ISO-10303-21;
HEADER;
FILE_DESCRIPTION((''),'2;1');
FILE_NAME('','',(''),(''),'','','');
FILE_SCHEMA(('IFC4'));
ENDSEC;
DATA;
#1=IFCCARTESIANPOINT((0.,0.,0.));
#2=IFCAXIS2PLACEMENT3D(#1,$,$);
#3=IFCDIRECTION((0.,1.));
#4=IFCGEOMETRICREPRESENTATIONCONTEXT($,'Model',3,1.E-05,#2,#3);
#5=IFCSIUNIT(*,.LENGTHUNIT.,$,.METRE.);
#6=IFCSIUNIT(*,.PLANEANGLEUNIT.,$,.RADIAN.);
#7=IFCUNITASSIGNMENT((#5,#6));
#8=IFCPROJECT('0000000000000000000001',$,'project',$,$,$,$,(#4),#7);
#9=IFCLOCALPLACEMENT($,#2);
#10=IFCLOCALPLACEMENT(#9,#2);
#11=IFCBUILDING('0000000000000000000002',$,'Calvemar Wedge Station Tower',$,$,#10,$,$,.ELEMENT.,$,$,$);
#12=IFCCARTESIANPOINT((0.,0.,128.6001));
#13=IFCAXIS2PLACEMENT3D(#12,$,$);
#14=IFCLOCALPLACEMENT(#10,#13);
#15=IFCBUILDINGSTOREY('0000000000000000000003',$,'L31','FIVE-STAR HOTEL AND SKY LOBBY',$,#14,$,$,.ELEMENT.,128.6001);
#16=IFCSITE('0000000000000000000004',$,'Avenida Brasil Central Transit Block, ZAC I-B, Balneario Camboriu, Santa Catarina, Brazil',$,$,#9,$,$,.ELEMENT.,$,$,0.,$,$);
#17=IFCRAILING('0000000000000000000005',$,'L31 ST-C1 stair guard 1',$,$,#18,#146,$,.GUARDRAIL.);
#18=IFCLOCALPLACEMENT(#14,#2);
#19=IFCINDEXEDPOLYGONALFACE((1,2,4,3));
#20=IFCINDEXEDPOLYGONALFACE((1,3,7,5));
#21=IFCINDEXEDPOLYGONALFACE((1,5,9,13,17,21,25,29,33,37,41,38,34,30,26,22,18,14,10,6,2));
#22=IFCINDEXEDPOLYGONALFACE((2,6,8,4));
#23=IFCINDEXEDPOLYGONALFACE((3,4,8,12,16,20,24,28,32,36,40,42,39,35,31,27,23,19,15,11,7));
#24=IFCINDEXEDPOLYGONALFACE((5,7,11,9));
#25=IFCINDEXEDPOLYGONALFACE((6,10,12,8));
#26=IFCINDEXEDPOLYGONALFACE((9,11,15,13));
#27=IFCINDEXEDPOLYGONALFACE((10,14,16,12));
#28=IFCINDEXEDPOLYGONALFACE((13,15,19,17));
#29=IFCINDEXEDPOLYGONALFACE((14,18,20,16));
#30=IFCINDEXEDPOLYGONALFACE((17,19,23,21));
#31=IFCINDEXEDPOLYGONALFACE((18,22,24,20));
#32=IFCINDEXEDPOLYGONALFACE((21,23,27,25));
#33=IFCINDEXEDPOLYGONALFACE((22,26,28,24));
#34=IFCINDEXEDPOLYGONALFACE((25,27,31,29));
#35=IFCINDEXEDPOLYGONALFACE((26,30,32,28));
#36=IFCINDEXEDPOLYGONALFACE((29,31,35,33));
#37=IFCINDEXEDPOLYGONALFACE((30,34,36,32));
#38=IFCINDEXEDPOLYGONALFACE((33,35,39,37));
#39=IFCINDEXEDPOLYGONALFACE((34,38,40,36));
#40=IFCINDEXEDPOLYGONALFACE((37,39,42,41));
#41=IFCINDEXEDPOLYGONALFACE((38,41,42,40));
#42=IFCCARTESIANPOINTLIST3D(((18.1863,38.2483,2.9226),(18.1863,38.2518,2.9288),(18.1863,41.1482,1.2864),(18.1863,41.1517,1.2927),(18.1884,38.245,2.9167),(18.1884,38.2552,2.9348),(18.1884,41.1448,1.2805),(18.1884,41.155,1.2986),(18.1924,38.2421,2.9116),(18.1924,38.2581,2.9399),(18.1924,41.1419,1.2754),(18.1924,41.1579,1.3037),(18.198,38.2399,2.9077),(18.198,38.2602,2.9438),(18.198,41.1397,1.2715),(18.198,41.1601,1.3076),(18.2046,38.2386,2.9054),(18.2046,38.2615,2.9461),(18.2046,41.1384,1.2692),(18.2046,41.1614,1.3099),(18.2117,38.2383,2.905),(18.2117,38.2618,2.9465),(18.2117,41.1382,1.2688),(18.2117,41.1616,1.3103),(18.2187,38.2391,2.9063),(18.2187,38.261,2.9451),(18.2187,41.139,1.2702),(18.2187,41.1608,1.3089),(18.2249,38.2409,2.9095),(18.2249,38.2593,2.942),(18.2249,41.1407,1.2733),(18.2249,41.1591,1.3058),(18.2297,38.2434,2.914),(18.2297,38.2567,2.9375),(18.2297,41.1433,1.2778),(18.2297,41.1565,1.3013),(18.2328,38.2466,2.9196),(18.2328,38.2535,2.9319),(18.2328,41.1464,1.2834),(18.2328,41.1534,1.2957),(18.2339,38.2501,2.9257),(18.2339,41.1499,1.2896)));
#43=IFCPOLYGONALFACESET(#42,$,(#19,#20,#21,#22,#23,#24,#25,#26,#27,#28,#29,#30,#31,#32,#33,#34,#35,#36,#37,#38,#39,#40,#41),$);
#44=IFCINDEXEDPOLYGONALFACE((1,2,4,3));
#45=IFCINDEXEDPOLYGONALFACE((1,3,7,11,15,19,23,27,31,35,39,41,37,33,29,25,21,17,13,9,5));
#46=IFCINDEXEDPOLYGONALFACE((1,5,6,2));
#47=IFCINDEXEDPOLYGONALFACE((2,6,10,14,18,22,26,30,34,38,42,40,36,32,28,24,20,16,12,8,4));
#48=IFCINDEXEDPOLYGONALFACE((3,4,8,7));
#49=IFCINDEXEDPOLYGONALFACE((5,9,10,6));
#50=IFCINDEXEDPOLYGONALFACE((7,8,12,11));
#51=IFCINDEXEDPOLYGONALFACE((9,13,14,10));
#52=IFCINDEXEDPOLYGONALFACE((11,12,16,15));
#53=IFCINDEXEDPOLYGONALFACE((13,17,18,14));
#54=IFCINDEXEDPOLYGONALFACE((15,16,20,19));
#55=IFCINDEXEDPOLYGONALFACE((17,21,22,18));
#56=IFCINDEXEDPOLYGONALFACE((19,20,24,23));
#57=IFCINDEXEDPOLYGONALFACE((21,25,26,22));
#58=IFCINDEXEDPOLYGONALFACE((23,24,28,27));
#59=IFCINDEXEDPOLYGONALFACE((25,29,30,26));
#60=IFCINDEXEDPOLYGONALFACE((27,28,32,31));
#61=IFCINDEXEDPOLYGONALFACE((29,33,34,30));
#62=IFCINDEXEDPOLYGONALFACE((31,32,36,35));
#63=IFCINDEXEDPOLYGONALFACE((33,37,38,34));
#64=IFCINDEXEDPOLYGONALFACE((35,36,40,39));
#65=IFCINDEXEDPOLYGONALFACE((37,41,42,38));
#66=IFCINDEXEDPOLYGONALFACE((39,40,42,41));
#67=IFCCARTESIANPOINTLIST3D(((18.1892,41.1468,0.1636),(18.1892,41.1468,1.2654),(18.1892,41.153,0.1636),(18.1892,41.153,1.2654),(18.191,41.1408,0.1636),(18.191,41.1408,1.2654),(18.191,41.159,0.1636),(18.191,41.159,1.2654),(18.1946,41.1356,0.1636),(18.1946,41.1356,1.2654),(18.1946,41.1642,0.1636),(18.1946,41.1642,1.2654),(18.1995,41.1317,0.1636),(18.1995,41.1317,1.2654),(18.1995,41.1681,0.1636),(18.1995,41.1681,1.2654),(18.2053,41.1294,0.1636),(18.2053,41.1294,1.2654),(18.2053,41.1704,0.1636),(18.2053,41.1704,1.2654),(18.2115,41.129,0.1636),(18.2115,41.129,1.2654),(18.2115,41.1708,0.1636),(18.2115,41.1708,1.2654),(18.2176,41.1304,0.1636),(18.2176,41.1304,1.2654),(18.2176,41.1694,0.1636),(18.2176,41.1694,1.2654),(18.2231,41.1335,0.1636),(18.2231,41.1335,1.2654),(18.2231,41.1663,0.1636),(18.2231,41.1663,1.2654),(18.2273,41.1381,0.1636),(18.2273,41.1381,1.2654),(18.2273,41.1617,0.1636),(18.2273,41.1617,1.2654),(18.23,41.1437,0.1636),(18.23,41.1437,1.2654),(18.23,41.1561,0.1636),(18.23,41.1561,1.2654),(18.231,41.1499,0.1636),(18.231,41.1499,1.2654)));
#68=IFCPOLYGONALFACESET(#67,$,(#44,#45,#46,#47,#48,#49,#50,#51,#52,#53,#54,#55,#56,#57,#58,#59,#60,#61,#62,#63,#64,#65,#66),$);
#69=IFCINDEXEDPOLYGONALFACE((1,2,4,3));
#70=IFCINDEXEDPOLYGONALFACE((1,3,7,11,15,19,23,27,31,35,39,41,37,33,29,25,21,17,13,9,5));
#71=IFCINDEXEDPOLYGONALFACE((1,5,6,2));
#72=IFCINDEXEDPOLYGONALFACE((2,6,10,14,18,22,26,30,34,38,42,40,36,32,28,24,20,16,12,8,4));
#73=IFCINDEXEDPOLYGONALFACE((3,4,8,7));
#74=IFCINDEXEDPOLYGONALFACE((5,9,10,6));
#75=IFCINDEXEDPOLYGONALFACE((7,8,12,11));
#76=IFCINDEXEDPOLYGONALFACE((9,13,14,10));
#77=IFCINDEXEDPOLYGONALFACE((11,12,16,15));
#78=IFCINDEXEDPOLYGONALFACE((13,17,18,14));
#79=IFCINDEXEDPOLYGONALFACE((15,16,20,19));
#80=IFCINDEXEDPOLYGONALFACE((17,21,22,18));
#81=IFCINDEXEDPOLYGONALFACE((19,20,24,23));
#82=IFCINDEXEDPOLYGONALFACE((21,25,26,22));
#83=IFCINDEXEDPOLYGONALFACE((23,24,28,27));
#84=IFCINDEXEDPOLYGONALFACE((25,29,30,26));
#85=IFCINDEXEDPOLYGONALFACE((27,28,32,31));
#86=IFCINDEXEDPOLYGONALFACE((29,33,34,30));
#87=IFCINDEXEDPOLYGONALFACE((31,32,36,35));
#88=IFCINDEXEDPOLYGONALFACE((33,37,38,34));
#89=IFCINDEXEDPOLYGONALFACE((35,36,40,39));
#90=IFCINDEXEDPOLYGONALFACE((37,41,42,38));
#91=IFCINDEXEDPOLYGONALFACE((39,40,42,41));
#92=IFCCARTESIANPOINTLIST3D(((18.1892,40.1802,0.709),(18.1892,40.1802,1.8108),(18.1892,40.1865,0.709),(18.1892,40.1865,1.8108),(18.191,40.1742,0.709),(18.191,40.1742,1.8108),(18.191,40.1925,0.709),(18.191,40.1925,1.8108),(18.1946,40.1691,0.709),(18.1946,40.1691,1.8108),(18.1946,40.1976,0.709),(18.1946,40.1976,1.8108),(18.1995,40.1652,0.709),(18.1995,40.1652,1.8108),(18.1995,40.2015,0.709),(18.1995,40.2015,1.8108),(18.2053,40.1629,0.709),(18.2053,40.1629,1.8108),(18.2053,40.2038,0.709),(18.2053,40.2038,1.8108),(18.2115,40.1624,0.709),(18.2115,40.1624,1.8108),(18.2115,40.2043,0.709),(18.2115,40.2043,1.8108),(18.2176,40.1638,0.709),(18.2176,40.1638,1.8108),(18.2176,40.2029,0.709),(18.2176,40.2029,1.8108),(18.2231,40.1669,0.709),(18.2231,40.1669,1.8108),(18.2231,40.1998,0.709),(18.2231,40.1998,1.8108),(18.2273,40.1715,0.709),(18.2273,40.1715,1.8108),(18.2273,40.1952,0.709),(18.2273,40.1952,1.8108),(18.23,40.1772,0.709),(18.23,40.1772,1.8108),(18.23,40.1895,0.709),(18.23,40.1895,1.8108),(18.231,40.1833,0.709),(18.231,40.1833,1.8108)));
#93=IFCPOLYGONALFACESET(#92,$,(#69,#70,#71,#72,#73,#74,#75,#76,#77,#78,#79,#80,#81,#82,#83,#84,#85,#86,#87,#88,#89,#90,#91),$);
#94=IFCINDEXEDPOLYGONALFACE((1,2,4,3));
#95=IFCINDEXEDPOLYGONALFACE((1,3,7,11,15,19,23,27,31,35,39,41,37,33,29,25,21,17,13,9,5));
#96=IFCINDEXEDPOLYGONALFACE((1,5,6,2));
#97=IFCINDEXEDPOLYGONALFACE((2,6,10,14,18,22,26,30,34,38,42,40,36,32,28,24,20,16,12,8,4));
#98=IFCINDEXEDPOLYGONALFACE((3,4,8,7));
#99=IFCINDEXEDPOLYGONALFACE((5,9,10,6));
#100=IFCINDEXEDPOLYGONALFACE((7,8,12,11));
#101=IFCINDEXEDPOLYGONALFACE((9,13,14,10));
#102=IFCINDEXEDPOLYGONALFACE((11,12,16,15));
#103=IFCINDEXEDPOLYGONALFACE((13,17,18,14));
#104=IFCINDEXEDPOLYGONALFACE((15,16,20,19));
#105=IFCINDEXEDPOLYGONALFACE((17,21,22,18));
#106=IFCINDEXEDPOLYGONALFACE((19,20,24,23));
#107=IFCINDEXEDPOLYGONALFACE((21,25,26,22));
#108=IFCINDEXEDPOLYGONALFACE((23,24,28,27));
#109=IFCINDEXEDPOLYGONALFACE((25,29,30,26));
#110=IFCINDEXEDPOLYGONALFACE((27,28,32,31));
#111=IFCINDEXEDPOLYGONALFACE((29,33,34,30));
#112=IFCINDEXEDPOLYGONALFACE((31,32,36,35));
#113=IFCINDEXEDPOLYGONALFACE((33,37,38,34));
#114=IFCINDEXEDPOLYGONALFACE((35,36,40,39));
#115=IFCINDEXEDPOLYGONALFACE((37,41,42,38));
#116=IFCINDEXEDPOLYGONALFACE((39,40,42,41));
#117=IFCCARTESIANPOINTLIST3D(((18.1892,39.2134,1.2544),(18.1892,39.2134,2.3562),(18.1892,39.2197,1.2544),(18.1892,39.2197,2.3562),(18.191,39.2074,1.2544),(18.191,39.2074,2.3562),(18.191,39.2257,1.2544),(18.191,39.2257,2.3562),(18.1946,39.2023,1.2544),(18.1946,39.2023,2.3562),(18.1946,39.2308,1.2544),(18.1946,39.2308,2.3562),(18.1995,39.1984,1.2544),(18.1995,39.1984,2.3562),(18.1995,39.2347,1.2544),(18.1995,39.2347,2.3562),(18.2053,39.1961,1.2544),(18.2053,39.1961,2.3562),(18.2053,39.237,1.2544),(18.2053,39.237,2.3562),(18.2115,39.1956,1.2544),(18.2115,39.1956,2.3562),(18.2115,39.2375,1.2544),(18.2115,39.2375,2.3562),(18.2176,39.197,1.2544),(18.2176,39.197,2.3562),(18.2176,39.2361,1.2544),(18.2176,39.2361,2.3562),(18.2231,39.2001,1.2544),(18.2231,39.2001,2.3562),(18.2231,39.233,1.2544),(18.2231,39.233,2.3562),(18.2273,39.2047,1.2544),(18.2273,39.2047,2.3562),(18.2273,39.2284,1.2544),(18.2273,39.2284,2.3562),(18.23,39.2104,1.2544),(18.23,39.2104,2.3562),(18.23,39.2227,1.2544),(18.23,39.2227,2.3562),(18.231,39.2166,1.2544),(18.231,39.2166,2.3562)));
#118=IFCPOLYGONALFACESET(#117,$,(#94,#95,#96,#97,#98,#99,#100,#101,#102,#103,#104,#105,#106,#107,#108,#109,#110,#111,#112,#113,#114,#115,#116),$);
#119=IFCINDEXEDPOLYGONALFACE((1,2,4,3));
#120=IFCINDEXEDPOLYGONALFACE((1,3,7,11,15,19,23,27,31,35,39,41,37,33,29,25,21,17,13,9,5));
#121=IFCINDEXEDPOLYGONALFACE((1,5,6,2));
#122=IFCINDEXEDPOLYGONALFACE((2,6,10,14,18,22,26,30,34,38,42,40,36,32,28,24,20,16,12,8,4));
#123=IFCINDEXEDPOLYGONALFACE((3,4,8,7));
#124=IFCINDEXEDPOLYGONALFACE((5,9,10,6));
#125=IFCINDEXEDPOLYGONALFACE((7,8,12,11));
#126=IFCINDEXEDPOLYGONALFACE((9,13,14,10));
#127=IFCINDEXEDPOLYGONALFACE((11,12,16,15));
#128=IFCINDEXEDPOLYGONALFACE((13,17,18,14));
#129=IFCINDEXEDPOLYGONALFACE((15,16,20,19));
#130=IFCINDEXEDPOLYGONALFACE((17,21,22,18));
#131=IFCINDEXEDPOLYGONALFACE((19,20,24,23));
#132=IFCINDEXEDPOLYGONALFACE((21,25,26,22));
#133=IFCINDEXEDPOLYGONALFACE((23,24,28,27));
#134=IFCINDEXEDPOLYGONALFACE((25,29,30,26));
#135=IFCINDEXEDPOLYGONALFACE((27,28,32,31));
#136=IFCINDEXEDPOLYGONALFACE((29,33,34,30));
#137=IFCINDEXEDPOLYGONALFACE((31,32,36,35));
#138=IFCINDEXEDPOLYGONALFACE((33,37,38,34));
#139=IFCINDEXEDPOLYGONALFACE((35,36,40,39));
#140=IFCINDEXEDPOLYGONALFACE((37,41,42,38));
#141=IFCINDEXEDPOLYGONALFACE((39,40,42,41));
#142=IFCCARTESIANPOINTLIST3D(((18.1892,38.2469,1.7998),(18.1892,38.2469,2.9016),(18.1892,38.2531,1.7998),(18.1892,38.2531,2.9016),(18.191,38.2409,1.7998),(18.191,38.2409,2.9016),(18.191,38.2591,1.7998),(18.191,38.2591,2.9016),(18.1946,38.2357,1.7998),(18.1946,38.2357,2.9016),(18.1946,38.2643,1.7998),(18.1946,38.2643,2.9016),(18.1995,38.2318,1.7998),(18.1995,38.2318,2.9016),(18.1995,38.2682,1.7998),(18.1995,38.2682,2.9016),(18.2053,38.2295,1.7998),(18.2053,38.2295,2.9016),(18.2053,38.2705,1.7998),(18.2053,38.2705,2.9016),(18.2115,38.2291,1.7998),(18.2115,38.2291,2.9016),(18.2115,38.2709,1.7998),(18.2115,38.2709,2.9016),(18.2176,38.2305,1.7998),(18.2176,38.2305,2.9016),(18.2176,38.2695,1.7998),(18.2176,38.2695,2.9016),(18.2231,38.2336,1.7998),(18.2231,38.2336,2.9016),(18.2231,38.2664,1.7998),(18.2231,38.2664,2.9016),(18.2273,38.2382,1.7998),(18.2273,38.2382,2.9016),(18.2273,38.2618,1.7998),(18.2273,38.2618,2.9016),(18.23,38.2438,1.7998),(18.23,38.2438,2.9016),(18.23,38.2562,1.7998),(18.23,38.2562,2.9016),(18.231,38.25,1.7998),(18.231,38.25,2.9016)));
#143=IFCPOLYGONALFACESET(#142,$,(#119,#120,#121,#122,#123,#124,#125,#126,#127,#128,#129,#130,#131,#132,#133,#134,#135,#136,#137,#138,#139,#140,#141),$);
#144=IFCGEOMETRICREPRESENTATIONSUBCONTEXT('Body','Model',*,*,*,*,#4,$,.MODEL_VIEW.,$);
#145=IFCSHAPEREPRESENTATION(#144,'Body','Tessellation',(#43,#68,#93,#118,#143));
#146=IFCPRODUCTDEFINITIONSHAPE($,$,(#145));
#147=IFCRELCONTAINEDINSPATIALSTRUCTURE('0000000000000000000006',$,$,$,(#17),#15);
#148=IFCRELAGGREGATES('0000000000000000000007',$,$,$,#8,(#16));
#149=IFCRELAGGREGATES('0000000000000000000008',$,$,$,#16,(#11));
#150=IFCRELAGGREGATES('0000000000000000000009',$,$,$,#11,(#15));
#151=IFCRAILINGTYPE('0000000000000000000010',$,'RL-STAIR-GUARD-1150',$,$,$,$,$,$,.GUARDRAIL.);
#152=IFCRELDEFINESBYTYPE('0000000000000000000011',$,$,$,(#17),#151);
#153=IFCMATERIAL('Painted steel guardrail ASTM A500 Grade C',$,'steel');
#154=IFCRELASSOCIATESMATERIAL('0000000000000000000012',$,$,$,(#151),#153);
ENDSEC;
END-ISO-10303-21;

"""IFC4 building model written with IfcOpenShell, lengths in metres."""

from ifc_helpers import new_model, si_unit, direction, frame, origin, origin_2d, place, context, subcontext, project, spatial, circle, extrude, material, type_object, element, save


model = new_model("IFC4")

# Units and contexts
model_context = context("Model", 3, precision=1e-05, world=origin(), true_north=direction((0.0, 1.0)))
body_context = subcontext(model_context, "Body", "Model", "MODEL_VIEW")
ifc_project = project(units=[si_unit("LENGTHUNIT", "METRE"), si_unit("PLANEANGLEUNIT", "RADIAN")], contexts=[model_context])

# Site, building, storey
site_placement = place(None, origin())
site = spatial("IfcSite", under=ifc_project, at=site_placement, Name="Avenida Brasil Central Transit Block, ZAC I-B, Balneario Camboriu, Santa Catarina, Brazil", CompositionType="ELEMENT", RefElevation=0.0)
building_placement = place(site_placement, origin())
building = spatial("IfcBuilding", under=site, at=building_placement, Name="Calvemar Wedge Station Tower", CompositionType="ELEMENT")
storey_placement = place(building_placement, frame((0.0, 0.0, 128.6001)))
storey = spatial("IfcBuildingStorey", under=building, at=storey_placement, Name="L31", Description="FIVE-STAR HOTEL AND SKY LOBBY", CompositionType="ELEMENT", Elevation=128.6001)

# Railing
ifc_material_1 = material(Name="Painted steel guardrail ASTM A500 Grade C", Category="steel")
railing_type_1 = type_object("IfcRailingType", Name="RL-STAIR-GUARD-1150", PredefinedType="GUARDRAIL", material=ifc_material_1)
railing_1_placement = place(storey_placement, frame((18.21, 41.1499, 0.1636)))
element("IfcRailing", 1, at=railing_1_placement, inside=storey, type_object=railing_type_1, Name="L31 ST-C1 stair guard 1", PredefinedType="GUARDRAIL", context=body_context, shape_type="SweptSolid", body=[
    extrude(circle(Radius=0.0239, at=origin_2d()), frame((0.0, 0.0, 1.126), z_axis=(0.0, -0.870929, 0.49141), x_axis=(1.0, 0.0, 0.0)), (0.0, 0.0, 1.0), 3.3296),
    extrude(circle(Radius=0.021, at=origin_2d()), origin(), (0.0, 0.0, 1.0), 1.1018),
    extrude(circle(Radius=0.021, at=origin_2d()), frame((0.0, -0.9666, 0.5454)), (0.0, 0.0, 1.0), 1.1018),
    extrude(circle(Radius=0.021, at=origin_2d()), frame((0.0, -1.9333, 1.0908)), (0.0, 0.0, 1.0), 1.1018),
    extrude(circle(Radius=0.021, at=origin_2d()), frame((0.0, -2.8999, 1.6362)), (0.0, 0.0, 1.0), 1.1018),
])

save(model, "model.ifc")
